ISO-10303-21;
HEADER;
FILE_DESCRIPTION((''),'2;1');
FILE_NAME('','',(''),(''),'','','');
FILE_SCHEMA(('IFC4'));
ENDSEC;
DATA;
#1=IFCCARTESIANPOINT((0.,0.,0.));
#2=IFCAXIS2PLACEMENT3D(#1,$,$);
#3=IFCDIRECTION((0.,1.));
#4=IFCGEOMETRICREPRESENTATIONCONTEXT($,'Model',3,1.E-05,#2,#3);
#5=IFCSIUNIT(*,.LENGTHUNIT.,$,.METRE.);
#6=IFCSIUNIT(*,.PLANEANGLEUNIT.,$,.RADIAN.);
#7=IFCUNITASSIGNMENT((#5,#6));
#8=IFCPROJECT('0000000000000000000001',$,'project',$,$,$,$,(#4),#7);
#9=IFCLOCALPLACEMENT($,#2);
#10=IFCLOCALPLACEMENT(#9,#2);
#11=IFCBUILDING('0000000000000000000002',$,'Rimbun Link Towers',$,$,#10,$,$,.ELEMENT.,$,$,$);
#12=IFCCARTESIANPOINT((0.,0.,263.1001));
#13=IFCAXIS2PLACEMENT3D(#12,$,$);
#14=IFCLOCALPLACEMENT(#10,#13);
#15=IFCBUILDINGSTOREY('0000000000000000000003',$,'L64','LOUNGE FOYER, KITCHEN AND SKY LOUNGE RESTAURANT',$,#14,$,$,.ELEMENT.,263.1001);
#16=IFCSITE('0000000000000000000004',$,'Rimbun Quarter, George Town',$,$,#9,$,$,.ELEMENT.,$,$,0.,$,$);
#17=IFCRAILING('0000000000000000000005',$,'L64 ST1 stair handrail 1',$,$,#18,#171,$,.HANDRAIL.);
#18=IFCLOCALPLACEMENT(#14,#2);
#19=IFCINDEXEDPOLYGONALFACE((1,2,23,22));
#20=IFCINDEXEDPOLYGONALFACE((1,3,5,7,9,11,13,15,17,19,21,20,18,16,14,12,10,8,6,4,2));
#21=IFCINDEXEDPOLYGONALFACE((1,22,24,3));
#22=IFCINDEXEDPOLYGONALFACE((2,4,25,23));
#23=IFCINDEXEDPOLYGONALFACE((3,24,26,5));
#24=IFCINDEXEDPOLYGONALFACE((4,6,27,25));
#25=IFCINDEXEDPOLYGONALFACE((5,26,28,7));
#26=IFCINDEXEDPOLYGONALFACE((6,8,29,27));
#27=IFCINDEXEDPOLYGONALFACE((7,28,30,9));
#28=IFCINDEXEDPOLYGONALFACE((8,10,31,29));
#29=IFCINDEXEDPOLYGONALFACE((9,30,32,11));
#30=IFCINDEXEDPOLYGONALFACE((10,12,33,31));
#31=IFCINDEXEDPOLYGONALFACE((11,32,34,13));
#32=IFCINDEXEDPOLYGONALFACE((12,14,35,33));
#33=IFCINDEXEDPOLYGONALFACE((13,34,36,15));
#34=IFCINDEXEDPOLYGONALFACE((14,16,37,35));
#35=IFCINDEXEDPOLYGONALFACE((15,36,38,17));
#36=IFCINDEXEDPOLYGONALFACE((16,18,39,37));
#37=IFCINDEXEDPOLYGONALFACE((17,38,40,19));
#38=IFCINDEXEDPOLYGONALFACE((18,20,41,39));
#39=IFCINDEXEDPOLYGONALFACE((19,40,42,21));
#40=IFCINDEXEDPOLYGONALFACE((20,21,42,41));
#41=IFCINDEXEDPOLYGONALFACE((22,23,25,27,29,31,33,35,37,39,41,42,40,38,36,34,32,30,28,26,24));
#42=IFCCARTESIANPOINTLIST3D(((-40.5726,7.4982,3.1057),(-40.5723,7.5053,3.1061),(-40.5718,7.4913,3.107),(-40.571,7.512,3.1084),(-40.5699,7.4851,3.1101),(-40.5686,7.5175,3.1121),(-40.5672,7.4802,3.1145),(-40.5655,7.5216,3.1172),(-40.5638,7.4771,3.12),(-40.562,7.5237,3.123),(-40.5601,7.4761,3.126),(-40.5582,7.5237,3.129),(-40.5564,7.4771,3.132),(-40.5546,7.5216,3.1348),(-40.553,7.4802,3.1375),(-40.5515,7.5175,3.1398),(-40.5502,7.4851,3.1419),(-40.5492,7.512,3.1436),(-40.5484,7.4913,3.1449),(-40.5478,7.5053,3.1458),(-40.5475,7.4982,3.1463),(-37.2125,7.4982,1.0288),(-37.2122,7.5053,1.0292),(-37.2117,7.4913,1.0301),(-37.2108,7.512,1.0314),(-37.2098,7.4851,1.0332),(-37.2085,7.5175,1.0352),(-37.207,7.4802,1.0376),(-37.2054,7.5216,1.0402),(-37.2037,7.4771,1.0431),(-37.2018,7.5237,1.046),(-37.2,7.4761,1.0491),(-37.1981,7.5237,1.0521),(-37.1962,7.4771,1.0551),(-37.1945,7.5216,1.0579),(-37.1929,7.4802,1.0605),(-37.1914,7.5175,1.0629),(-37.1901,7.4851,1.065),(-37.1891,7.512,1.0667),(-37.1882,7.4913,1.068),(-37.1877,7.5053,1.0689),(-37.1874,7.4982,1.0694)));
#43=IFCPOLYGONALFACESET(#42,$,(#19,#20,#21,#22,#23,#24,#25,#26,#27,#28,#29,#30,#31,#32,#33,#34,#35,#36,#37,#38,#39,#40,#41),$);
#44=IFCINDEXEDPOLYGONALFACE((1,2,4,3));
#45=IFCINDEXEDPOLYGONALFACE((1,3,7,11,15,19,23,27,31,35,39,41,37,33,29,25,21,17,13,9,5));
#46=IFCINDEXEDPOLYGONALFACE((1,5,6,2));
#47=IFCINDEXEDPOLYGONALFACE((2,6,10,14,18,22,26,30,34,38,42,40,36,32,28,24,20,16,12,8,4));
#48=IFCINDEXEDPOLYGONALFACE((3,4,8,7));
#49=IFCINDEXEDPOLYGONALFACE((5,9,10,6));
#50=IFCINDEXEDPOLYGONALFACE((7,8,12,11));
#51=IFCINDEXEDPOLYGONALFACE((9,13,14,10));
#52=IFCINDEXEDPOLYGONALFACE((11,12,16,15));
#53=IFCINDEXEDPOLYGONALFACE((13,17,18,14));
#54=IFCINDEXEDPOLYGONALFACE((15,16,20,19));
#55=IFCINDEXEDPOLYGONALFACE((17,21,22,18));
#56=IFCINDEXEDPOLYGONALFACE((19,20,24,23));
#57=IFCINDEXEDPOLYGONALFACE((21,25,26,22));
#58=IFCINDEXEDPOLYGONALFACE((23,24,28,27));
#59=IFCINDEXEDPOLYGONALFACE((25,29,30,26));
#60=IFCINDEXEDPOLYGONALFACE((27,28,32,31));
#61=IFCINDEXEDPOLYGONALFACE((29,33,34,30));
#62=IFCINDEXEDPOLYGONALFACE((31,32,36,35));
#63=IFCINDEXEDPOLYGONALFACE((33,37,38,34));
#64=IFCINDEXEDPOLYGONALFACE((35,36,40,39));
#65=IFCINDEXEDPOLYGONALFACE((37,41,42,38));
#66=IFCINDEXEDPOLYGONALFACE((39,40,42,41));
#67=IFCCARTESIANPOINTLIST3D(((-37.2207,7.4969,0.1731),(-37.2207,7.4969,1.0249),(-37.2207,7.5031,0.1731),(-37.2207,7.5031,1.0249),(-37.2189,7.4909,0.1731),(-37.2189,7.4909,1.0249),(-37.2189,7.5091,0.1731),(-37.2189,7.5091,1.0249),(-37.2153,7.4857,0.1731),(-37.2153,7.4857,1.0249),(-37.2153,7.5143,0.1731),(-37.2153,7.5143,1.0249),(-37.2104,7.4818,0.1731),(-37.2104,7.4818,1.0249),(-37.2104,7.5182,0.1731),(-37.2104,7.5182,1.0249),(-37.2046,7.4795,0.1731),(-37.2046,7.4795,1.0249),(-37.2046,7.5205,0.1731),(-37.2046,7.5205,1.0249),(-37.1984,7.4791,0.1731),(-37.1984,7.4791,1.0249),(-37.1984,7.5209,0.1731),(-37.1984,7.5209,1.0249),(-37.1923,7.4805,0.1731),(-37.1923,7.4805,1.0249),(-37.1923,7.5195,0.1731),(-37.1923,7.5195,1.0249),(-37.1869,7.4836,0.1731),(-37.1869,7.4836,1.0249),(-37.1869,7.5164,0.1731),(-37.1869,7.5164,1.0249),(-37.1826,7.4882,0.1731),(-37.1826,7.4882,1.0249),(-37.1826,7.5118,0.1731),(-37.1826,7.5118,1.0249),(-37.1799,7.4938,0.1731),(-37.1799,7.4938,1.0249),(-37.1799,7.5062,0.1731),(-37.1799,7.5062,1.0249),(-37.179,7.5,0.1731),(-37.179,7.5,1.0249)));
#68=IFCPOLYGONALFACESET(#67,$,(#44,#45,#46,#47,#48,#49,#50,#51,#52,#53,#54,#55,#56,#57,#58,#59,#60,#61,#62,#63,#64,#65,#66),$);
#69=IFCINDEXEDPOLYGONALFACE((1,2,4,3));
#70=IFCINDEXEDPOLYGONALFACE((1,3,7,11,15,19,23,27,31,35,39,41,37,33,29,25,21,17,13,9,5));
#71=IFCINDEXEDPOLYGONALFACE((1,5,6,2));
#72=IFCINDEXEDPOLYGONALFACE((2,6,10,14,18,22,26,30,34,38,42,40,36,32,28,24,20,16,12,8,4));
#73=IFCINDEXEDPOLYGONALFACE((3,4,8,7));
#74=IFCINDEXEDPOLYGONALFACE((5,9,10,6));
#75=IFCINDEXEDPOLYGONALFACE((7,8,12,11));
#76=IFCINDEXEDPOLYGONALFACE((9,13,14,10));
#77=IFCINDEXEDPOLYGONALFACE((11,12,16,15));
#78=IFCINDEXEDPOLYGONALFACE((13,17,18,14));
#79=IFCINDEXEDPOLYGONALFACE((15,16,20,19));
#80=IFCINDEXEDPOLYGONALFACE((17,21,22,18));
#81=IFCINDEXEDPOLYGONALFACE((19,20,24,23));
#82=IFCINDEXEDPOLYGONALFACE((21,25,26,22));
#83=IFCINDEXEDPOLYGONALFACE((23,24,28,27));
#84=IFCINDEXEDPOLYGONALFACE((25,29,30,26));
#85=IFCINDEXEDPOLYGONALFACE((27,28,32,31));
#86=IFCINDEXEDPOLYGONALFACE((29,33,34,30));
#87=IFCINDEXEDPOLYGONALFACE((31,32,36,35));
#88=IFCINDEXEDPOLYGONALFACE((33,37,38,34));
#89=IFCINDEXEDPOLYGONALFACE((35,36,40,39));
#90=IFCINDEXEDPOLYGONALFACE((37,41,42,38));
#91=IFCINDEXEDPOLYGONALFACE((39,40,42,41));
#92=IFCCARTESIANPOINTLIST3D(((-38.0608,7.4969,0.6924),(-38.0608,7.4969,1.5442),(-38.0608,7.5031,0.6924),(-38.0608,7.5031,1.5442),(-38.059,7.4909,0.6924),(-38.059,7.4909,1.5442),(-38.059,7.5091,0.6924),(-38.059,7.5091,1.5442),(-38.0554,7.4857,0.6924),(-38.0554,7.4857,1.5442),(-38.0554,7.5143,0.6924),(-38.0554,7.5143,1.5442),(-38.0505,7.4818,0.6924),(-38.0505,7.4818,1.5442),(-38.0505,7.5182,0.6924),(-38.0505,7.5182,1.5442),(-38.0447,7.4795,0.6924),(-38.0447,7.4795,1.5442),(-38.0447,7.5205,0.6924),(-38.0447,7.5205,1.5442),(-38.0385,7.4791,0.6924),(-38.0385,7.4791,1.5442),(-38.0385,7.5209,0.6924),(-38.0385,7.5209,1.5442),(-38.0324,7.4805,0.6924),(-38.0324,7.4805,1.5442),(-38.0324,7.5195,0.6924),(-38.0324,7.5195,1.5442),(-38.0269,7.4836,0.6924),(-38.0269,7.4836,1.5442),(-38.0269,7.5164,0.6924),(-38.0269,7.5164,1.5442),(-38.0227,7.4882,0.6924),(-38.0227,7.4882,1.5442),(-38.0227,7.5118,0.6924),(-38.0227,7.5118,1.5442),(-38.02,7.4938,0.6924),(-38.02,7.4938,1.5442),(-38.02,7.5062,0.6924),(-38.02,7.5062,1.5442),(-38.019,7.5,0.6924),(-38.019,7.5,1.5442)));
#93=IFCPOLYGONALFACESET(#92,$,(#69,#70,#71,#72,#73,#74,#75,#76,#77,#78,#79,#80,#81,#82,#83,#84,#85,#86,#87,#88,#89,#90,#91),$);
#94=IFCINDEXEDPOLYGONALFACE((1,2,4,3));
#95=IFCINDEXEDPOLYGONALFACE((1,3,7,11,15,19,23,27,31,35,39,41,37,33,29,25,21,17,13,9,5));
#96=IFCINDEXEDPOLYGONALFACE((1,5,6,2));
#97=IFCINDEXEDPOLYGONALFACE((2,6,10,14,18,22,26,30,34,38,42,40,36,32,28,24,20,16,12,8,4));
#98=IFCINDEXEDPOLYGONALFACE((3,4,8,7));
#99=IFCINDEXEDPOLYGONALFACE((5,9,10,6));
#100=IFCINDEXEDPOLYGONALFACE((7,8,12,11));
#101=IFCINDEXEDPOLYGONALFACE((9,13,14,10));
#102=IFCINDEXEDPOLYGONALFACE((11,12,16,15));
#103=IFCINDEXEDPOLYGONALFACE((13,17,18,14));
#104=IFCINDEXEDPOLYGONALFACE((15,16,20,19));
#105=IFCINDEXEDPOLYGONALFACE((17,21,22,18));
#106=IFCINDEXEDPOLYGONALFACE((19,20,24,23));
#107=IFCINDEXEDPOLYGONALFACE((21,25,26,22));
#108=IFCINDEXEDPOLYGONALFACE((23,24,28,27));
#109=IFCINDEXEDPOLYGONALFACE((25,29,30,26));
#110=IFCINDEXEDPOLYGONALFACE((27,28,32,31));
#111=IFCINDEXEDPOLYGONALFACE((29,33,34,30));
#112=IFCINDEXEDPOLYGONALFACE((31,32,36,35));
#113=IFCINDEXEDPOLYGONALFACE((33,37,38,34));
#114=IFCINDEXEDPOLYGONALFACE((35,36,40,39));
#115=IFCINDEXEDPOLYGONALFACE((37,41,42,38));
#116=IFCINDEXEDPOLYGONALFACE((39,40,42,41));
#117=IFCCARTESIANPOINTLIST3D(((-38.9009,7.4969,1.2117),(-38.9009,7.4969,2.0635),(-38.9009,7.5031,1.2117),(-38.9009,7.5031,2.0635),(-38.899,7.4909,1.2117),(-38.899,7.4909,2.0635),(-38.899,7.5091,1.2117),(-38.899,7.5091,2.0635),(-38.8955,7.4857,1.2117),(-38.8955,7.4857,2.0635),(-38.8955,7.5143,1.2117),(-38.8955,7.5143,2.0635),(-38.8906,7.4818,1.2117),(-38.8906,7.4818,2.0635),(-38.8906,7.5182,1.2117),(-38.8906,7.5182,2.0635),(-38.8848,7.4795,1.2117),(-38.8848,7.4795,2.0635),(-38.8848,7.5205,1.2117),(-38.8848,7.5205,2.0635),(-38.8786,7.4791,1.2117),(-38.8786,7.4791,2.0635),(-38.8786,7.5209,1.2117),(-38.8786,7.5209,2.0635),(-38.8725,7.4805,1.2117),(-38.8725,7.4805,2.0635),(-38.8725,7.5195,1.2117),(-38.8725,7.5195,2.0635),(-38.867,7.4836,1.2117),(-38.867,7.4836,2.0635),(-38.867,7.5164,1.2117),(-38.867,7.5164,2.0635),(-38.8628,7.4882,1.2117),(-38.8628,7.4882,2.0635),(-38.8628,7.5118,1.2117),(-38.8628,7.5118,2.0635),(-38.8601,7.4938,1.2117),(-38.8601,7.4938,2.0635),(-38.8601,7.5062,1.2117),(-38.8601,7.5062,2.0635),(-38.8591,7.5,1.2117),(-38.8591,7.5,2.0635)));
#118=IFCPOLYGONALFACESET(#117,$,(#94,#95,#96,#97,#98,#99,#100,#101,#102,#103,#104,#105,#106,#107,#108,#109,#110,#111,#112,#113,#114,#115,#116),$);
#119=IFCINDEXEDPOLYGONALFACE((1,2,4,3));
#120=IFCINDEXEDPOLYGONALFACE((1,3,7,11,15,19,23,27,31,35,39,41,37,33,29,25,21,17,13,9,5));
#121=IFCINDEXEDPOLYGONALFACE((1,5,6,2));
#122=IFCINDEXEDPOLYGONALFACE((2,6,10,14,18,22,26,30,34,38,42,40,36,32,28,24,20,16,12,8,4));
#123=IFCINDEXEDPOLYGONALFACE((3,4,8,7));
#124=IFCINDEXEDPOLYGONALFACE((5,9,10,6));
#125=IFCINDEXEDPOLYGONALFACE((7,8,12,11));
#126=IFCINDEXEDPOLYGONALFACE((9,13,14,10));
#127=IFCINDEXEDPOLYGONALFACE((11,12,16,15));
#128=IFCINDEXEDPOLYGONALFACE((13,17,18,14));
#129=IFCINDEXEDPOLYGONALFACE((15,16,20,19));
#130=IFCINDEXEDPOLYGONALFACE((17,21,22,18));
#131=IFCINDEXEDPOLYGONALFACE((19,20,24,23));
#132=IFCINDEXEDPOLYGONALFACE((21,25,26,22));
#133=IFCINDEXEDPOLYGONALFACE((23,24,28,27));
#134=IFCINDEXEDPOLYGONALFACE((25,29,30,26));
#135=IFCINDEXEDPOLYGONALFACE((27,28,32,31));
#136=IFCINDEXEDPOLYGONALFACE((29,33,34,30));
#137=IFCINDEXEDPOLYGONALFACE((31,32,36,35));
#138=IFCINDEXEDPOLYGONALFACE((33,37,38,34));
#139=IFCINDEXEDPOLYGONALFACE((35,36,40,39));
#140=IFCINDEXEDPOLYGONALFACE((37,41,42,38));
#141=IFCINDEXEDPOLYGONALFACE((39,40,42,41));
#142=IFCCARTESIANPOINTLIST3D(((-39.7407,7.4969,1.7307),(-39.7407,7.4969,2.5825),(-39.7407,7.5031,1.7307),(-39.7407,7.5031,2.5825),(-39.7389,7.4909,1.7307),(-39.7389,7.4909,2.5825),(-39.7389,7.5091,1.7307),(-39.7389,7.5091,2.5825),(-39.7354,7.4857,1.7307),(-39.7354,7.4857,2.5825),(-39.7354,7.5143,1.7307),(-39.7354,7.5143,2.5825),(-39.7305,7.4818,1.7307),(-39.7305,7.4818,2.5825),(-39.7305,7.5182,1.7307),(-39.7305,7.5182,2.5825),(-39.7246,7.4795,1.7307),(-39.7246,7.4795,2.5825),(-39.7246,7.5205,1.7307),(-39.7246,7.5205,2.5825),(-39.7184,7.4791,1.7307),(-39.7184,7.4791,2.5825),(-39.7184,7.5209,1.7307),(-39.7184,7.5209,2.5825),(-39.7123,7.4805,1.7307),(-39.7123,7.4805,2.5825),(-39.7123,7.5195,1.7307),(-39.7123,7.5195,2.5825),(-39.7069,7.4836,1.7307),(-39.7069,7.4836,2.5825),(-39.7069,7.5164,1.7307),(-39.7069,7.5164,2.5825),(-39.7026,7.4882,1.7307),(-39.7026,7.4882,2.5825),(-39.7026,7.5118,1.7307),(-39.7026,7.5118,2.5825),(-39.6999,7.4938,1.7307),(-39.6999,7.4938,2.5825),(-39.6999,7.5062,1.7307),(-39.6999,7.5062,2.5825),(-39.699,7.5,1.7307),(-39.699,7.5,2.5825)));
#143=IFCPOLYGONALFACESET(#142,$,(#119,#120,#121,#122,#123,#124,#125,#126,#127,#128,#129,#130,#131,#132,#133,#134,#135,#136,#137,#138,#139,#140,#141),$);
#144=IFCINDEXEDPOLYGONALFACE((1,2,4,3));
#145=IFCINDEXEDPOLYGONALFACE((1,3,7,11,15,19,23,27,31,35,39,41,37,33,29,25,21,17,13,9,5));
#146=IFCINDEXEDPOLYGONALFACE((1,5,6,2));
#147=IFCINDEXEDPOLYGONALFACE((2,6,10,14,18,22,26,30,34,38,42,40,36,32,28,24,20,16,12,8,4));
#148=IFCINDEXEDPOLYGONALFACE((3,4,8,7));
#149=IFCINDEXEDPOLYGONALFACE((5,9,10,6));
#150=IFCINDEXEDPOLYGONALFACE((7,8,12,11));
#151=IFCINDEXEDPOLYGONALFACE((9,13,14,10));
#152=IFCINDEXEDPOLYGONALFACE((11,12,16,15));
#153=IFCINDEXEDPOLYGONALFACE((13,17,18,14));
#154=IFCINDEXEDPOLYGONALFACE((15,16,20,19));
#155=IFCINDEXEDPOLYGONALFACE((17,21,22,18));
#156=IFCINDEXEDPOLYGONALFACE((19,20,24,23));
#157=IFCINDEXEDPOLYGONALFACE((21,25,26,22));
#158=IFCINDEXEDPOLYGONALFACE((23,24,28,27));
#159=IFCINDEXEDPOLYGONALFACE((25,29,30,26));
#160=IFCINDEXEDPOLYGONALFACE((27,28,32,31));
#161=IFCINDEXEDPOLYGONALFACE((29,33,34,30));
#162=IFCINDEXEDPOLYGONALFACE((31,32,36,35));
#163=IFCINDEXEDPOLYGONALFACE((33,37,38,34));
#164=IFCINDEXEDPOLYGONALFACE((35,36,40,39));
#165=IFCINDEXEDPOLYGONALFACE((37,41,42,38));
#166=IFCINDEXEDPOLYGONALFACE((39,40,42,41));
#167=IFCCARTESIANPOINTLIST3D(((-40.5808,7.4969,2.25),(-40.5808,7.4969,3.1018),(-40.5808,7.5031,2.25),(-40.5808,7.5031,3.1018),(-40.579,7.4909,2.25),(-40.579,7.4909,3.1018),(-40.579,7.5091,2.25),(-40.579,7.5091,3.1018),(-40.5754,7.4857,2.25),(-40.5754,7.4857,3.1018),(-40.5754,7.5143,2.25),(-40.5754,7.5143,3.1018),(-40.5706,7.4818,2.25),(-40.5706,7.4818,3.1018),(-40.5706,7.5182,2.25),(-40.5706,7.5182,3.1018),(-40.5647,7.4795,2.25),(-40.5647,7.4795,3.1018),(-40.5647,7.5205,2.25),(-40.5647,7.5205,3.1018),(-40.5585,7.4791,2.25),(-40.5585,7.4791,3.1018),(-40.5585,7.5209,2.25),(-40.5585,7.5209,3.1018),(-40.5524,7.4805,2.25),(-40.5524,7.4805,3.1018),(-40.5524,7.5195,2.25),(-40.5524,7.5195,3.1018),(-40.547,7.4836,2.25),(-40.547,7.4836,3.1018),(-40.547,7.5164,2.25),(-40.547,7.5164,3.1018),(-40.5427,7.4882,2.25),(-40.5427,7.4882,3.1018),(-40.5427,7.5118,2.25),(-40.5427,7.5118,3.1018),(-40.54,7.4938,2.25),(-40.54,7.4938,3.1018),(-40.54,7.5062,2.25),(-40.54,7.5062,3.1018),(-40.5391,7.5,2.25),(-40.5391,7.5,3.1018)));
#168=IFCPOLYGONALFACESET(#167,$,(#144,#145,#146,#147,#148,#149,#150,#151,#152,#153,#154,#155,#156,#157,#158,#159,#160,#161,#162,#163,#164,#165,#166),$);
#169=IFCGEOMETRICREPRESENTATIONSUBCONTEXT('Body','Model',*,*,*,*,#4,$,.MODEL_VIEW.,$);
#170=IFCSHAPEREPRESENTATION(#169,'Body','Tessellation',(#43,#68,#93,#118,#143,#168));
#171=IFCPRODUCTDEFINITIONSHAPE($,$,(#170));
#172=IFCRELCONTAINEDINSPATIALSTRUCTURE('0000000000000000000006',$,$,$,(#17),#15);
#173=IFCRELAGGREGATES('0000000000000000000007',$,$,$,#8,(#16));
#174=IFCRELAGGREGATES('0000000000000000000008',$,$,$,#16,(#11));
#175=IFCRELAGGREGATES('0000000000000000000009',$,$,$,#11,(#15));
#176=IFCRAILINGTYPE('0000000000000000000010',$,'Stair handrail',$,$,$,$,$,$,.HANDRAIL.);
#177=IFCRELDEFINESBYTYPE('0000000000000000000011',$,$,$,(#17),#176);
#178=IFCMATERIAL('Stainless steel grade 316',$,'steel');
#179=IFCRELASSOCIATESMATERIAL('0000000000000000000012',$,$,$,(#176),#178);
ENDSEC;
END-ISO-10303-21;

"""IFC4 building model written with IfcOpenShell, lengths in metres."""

from ifc_helpers import new_model, si_unit, direction, frame, origin, origin_2d, place, context, subcontext, project, spatial, circle, extrude, material, type_object, element, save


model = new_model("IFC4")

# Units and contexts
model_context = context("Model", 3, precision=1e-05, world=origin(), true_north=direction((0.0, 1.0)))
body_context = subcontext(model_context, "Body", "Model", "MODEL_VIEW")
ifc_project = project(units=[si_unit("LENGTHUNIT", "METRE"), si_unit("PLANEANGLEUNIT", "RADIAN")], contexts=[model_context])

# Site, building, storey
site_placement = place(None, origin())
site = spatial("IfcSite", under=ifc_project, at=site_placement, Name="Rimbun Quarter, George Town", CompositionType="ELEMENT", RefElevation=0.0)
building_placement = place(site_placement, origin())
building = spatial("IfcBuilding", under=site, at=building_placement, Name="Rimbun Link Towers", CompositionType="ELEMENT")
storey_placement = place(building_placement, frame((0.0, 0.0, 263.1001)))
storey = spatial("IfcBuildingStorey", under=building, at=storey_placement, Name="L64", Description="LOUNGE FOYER, KITCHEN AND SKY LOUNGE RESTAURANT", CompositionType="ELEMENT", Elevation=263.1001)

# Railing
ifc_material_1 = material(Name="Stainless steel grade 316", Category="steel")
railing_type_1 = type_object("IfcRailingType", Name="Stair handrail", PredefinedType="HANDRAIL", material=ifc_material_1)
railing_1_placement = place(storey_placement, frame((-37.2, 7.5, 0.1731)))
element("IfcRailing", 1, at=railing_1_placement, inside=storey, type_object=railing_type_1, Name="L64 ST1 stair handrail 1", PredefinedType="HANDRAIL", context=body_context, shape_type="SweptSolid", body=[
    extrude(circle(Radius=0.0239, at=origin_2d()), frame((0.0, 0.0, 0.876), z_axis=(-0.850623, 0.0, 0.525776), x_axis=(0.0, -1.0, 0.0)), (0.0, 0.0, 1.0), 3.9502),
    extrude(circle(Radius=0.021, at=origin_2d()), origin(), (0.0, 0.0, 1.0), 0.8518),
    extrude(circle(Radius=0.021, at=origin_2d()), frame((-0.8401, 0.0, 0.5193)), (0.0, 0.0, 1.0), 0.8518),
    extrude(circle(Radius=0.021, at=origin_2d()), frame((-1.6802, 0.0, 1.0386)), (0.0, 0.0, 1.0), 0.8518),
    extrude(circle(Radius=0.021, at=origin_2d()), frame((-2.52, 0.0, 1.5576)), (0.0, 0.0, 1.0), 0.8518),
    extrude(circle(Radius=0.021, at=origin_2d()), frame((-3.3601, 0.0, 2.0769)), (0.0, 0.0, 1.0), 0.8518),
])

save(model, "model.ifc")
